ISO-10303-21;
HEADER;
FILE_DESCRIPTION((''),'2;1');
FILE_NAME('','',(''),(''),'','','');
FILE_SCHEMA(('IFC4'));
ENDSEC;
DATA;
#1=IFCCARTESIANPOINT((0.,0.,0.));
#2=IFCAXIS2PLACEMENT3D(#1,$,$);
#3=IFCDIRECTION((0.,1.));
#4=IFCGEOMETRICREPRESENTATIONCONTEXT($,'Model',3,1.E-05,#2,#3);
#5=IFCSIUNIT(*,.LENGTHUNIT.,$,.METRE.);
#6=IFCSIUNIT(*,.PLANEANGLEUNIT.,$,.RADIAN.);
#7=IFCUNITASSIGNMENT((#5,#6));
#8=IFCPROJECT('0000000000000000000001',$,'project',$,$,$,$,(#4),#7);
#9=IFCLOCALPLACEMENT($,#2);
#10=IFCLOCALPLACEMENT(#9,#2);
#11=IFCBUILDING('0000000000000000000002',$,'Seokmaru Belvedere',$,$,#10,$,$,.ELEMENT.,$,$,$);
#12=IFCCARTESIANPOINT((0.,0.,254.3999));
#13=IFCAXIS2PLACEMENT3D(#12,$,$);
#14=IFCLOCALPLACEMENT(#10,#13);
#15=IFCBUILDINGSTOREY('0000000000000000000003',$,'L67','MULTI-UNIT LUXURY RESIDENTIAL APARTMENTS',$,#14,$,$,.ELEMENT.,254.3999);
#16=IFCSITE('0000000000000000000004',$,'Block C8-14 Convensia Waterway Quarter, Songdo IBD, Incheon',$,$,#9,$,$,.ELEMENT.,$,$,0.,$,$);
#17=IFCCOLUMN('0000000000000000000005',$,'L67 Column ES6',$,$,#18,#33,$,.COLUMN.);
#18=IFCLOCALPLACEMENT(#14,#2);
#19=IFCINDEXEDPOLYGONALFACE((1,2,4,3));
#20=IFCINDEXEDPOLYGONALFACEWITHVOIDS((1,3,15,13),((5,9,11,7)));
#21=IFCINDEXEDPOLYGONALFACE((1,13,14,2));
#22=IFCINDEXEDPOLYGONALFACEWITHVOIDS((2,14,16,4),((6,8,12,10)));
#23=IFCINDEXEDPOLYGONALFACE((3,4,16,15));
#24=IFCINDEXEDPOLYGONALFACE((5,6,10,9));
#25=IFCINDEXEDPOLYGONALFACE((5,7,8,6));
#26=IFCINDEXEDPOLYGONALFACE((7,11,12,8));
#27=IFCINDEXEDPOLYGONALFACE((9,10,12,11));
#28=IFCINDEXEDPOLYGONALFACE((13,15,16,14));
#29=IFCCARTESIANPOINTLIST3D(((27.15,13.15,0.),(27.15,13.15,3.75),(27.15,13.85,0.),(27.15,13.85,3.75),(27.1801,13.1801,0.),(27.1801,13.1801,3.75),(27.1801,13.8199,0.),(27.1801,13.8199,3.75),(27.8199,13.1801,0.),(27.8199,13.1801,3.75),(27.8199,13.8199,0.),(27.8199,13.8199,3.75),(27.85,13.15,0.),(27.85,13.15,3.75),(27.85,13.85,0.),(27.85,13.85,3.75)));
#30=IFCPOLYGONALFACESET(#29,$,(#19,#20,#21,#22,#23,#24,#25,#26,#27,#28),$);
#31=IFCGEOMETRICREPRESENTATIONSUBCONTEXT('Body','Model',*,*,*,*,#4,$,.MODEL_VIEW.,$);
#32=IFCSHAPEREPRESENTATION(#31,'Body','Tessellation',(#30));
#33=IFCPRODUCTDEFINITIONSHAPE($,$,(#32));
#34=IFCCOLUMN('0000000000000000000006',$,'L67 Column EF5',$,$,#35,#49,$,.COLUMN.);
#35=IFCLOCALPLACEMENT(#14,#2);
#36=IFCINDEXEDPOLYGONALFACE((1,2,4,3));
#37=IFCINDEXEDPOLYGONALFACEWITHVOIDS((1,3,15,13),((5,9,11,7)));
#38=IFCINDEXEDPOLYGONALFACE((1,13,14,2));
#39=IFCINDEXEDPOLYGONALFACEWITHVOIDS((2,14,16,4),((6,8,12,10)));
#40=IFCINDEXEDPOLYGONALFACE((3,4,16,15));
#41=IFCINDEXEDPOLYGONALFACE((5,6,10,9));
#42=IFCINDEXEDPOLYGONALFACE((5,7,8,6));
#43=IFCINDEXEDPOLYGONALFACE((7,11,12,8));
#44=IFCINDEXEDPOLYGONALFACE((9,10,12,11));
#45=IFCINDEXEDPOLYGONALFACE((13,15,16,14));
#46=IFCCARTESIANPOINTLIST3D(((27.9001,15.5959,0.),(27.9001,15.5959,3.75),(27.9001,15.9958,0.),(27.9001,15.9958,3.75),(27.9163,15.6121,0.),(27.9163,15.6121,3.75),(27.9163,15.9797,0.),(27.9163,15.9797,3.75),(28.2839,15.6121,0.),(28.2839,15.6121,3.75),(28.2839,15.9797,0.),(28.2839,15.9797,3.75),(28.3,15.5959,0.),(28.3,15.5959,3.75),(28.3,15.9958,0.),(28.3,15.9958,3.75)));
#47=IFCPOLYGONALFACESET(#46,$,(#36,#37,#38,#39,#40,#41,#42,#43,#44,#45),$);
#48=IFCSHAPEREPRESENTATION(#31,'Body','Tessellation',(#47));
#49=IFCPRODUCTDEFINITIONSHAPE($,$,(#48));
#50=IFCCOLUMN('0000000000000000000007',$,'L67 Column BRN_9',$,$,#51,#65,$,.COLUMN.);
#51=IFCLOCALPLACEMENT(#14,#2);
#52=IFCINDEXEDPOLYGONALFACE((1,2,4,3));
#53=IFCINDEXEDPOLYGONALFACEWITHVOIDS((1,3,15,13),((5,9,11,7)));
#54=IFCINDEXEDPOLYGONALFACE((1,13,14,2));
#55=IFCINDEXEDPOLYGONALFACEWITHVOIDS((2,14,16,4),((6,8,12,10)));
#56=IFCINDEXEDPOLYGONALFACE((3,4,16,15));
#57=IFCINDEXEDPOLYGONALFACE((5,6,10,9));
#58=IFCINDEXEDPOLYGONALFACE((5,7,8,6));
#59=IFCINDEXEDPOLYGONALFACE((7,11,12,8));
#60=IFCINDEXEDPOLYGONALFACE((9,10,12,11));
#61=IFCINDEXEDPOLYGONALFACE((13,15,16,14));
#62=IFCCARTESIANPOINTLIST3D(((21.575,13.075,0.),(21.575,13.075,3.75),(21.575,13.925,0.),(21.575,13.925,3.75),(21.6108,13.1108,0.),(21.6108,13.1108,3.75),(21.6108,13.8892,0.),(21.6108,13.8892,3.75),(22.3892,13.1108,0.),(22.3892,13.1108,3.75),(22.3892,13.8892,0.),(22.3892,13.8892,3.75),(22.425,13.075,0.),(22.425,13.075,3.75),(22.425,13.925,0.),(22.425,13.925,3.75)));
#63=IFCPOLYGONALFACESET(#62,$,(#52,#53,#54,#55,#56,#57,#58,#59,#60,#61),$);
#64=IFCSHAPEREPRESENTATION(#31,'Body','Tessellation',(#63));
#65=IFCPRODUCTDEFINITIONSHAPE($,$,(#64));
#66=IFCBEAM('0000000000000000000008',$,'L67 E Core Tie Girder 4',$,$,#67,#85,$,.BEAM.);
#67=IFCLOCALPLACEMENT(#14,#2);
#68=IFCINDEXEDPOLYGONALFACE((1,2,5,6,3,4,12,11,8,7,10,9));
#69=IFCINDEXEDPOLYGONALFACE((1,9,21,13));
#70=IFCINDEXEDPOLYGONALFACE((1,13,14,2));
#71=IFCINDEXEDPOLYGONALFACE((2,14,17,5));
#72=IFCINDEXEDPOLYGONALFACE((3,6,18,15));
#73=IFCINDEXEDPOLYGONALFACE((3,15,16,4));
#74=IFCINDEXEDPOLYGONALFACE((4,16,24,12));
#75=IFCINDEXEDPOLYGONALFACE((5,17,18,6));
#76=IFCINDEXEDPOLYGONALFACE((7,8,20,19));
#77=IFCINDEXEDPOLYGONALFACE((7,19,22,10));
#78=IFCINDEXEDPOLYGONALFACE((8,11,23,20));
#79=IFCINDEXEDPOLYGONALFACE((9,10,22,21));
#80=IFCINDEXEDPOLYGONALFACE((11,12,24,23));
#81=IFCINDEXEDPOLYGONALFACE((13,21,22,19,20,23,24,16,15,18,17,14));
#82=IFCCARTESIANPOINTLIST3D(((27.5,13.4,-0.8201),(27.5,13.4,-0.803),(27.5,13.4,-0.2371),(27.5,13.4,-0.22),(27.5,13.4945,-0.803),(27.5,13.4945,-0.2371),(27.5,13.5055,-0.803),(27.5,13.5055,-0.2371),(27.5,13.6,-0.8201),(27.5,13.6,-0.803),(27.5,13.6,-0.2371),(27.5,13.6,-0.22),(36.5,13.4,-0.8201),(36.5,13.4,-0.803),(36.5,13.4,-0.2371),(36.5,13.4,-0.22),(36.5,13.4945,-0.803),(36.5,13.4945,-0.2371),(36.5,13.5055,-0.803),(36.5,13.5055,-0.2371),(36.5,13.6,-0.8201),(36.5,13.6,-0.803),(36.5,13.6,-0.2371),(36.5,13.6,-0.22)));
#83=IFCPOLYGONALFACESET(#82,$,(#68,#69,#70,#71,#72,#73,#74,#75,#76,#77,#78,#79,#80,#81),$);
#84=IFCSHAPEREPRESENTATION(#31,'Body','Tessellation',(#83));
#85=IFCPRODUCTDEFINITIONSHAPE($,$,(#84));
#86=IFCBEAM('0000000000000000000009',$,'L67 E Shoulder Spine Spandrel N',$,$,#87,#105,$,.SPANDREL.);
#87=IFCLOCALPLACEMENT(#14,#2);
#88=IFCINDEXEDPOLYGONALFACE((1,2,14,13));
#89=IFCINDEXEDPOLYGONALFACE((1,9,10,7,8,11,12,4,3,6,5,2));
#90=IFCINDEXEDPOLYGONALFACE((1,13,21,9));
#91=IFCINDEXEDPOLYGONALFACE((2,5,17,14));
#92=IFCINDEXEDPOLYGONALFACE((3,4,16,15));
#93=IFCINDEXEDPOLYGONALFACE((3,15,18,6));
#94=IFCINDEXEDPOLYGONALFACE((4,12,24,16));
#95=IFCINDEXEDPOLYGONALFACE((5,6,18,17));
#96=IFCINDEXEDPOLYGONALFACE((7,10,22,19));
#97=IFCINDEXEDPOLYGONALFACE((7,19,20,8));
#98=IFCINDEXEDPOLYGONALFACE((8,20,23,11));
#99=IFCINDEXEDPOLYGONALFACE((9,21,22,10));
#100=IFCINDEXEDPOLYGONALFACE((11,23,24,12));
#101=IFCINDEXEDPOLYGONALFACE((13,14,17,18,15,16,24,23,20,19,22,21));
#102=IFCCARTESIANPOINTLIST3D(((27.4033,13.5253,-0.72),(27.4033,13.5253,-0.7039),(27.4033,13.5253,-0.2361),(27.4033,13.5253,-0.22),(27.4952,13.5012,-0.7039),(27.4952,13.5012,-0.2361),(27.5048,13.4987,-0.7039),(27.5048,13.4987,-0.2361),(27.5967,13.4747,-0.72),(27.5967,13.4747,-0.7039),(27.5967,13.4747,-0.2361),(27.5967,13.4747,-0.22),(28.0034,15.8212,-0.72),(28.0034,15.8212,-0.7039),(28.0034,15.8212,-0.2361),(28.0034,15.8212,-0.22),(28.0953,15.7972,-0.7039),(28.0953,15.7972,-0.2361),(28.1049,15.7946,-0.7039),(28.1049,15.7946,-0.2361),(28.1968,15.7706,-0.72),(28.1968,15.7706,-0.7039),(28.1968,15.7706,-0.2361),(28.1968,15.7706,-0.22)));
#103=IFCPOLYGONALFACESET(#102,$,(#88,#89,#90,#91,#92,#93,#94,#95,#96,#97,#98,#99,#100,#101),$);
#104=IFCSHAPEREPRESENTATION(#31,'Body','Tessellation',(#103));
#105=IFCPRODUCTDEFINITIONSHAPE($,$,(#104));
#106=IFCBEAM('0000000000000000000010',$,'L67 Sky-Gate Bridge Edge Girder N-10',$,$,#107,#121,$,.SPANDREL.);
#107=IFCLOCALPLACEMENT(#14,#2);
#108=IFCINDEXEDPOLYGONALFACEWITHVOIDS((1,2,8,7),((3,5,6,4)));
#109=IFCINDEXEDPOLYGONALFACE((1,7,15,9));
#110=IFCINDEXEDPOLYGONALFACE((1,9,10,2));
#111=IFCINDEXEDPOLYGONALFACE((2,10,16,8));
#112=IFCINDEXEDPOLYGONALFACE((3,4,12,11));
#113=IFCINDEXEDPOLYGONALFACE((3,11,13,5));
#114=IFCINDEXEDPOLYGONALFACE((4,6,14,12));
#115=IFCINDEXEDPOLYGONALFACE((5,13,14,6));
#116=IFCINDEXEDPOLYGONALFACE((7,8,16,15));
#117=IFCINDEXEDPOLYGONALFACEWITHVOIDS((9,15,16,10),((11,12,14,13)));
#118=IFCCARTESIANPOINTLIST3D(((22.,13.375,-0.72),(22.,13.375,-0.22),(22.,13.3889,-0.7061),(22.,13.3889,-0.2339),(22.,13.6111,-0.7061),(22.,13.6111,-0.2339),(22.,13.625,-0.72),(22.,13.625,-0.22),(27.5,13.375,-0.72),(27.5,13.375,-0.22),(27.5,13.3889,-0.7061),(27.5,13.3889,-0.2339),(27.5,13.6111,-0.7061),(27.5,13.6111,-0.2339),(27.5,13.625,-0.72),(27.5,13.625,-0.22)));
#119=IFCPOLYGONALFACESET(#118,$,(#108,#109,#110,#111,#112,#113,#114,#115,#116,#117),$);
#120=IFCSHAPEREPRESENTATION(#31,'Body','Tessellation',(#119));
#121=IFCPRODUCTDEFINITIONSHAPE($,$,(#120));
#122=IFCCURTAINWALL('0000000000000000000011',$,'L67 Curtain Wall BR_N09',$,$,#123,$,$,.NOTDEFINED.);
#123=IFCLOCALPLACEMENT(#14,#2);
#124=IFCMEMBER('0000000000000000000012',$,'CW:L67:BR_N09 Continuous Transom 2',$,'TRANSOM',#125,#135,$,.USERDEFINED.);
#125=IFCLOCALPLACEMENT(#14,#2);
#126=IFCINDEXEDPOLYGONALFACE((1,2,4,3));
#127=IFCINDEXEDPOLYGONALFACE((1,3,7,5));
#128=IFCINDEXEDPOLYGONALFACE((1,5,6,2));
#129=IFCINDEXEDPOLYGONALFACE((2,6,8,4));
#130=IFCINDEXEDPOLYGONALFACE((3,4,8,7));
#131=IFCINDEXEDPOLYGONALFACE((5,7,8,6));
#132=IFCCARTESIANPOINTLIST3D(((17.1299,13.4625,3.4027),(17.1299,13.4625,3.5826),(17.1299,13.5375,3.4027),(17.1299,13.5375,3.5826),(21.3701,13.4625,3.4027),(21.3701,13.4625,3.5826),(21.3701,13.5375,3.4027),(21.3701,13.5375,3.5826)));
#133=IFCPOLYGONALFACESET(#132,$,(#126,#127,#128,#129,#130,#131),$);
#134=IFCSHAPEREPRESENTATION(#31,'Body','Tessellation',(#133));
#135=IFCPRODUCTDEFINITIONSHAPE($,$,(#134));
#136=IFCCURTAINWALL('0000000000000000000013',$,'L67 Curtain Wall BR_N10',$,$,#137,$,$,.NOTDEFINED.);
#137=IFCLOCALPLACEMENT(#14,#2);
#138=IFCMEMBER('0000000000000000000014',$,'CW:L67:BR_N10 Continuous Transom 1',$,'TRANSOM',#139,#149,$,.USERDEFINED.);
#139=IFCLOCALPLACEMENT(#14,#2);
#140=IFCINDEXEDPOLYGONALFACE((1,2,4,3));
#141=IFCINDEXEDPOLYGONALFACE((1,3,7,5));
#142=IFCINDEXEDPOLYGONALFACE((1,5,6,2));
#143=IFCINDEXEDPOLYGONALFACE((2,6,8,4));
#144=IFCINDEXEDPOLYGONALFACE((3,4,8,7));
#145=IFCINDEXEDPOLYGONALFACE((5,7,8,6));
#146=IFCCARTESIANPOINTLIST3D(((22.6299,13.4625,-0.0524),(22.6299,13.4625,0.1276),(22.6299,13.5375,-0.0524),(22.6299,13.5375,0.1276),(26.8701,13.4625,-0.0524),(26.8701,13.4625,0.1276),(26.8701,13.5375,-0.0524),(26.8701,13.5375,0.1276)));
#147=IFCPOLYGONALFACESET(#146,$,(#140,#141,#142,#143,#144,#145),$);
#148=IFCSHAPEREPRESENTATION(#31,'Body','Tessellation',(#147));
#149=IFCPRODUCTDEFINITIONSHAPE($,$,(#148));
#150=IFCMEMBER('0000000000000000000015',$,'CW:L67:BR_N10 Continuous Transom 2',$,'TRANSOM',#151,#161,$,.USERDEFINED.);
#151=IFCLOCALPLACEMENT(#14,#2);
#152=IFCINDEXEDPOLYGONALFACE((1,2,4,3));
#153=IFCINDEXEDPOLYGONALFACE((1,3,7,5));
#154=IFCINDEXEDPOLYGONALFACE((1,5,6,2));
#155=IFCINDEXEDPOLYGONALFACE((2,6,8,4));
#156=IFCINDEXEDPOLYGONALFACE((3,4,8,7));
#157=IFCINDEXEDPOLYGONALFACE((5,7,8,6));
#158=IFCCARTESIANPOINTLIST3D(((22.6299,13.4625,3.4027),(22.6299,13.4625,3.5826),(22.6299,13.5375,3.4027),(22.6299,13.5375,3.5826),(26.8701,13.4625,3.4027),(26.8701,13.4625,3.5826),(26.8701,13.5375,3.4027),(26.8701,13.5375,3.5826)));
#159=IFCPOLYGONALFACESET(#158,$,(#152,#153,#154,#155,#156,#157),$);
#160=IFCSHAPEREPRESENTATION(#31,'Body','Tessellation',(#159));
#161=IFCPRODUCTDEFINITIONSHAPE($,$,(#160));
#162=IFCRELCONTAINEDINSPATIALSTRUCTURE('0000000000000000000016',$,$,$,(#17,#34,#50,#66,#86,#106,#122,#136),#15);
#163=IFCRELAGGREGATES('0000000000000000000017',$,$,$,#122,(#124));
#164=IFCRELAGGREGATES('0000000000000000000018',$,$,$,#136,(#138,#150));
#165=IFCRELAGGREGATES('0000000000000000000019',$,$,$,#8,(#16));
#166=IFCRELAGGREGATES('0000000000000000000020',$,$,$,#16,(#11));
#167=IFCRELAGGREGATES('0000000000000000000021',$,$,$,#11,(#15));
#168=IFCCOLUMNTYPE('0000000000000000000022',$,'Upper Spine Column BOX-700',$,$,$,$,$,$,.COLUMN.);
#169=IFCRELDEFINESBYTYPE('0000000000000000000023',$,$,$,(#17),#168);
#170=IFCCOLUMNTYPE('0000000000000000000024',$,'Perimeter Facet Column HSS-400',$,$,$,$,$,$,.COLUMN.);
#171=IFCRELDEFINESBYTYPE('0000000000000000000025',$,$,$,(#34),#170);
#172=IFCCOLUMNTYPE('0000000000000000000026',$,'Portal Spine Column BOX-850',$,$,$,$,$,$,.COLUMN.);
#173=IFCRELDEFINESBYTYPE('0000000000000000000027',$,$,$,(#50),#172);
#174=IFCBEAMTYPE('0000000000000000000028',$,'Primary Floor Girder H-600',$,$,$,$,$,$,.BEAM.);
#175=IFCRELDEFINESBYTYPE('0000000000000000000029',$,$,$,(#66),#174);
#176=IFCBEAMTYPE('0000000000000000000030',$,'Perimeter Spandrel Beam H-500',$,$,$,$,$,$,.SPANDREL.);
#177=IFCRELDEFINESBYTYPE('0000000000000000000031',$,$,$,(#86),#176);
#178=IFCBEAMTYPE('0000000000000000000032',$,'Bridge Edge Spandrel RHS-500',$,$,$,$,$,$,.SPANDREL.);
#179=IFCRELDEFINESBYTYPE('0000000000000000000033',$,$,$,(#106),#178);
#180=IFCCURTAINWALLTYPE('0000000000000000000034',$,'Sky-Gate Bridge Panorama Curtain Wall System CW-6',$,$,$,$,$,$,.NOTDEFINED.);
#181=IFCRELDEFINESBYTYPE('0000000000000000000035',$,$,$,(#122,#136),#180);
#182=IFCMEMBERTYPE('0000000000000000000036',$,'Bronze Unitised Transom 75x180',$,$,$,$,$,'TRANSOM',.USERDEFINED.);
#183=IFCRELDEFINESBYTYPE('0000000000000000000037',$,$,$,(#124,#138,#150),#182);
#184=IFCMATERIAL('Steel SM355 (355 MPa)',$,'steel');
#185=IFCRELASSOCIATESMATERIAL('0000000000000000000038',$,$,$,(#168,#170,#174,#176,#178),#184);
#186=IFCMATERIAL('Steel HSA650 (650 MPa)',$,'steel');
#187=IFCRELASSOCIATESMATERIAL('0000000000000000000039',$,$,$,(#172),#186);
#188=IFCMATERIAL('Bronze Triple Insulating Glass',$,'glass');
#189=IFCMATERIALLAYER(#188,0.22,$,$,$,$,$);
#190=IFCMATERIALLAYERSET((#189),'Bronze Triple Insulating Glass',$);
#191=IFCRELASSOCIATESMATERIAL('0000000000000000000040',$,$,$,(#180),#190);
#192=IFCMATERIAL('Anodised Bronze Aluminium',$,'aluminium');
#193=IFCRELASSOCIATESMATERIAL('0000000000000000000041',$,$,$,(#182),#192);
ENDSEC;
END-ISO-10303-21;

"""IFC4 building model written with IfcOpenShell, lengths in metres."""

from ifc_helpers import new_model, si_unit, direction, frame, origin, origin_2d, place, context, subcontext, project, spatial, rectangle, hollow_rectangle, i_section, extrude, source, transform, mapped, material, layer, layer_set, material_profile, profile_set, type_object, type_shapes, element, aggregate, save


model = new_model("IFC4")

# Units and contexts
model_context = context("Model", 3, precision=1e-05, world=origin(), true_north=direction((0.0, 1.0)))
body_context = subcontext(model_context, "Body", "Model", "MODEL_VIEW")
ifc_project = project(units=[si_unit("LENGTHUNIT", "METRE"), si_unit("PLANEANGLEUNIT", "RADIAN")], contexts=[model_context])

# Site, building, storey
site_placement = place(None, origin())
site = spatial("IfcSite", under=ifc_project, at=site_placement, Name="Block C8-14 Convensia Waterway Quarter, Songdo IBD, Incheon", CompositionType="ELEMENT", RefElevation=0.0)
building_placement = place(site_placement, origin())
building = spatial("IfcBuilding", under=site, at=building_placement, Name="Seokmaru Belvedere", CompositionType="ELEMENT")
storey_placement = place(building_placement, frame((0.0, 0.0, 254.3999)))
storey = spatial("IfcBuildingStorey", under=building, at=storey_placement, Name="L67", Description="MULTI-UNIT LUXURY RESIDENTIAL APARTMENTS", CompositionType="ELEMENT", Elevation=254.3999)

# Columns
ifc_material_1 = material(Name="Steel SM355 (355 MPa)", Category="steel")
ifc_material_profile_1 = material_profile(ifc_material_1, hollow_rectangle(XDim=0.7, YDim=0.7, WallThickness=0.03, at=origin_2d()), Name="BOX-700x700x30")
ifc_profile_set_1 = profile_set([ifc_material_profile_1], Name="Steel SM355 (355 MPa)")
column_type_1 = type_object("IfcColumnType", Name="Upper Spine Column BOX-700", PredefinedType="COLUMN", material=ifc_profile_set_1)
shared_shape_1 = source(origin(), body_context, "Body", "SweptSolid", [
    extrude(hollow_rectangle(XDim=0.7, YDim=0.7, WallThickness=0.03, at=origin_2d()), origin(), (0.0, 0.0, 1.0), 3.75),
])
type_shapes(column_type_1, [shared_shape_1])
column_1_placement = place(storey_placement, frame((27.5, 13.5, 0.0), z_axis=(0.0, 0.0, 1.0), x_axis=(1.0, 0.0, 0.0)))
element("IfcColumn", 1, at=column_1_placement, inside=storey, type_object=column_type_1, Name="L67 Column ES6", PredefinedType="COLUMN", context=body_context, shape_type="MappedRepresentation", body=[
    mapped(shared_shape_1, transform((0.0, 0.0, 0.0), scale=1.0)),
])
ifc_material_profile_2 = material_profile(ifc_material_1, hollow_rectangle(XDim=0.3999, YDim=0.3999, WallThickness=0.0161, at=origin_2d()), Name="HSS-400x400x16")
ifc_profile_set_2 = profile_set([ifc_material_profile_2], Name="Steel SM355 (355 MPa)")
column_type_2 = type_object("IfcColumnType", Name="Perimeter Facet Column HSS-400", PredefinedType="COLUMN", material=ifc_profile_set_2)
shared_shape_2 = source(origin(), body_context, "Body", "SweptSolid", [
    extrude(hollow_rectangle(XDim=0.3999, YDim=0.3999, WallThickness=0.0161, at=origin_2d()), origin(), (0.0, 0.0, 1.0), 3.75),
])
type_shapes(column_type_2, [shared_shape_2])
column_2_placement = place(storey_placement, frame((28.1001, 15.7959, 0.0), z_axis=(0.0, 0.0, 1.0), x_axis=(1.0, 0.0, 0.0)))
element("IfcColumn", 2, at=column_2_placement, inside=storey, type_object=column_type_2, Name="L67 Column EF5", PredefinedType="COLUMN", context=body_context, shape_type="MappedRepresentation", body=[
    mapped(shared_shape_2, transform((0.0, 0.0, 0.0), scale=1.0)),
])
ifc_material_2 = material(Name="Steel HSA650 (650 MPa)", Category="steel")
ifc_material_profile_3 = material_profile(ifc_material_2, hollow_rectangle(XDim=0.8501, YDim=0.8501, WallThickness=0.0359, at=origin_2d()), Name="BOX-850x850x36")
ifc_profile_set_3 = profile_set([ifc_material_profile_3], Name="Steel HSA650 (650 MPa)")
column_type_3 = type_object("IfcColumnType", Name="Portal Spine Column BOX-850", PredefinedType="COLUMN", material=ifc_profile_set_3)
shared_shape_3 = source(origin(), body_context, "Body", "SweptSolid", [
    extrude(hollow_rectangle(XDim=0.8501, YDim=0.8501, WallThickness=0.0359, at=origin_2d()), origin(), (0.0, 0.0, 1.0), 3.75),
])
type_shapes(column_type_3, [shared_shape_3])
column_3_placement = place(storey_placement, frame((22.0, 13.5, 0.0), z_axis=(0.0, 0.0, 1.0), x_axis=(1.0, 0.0, 0.0)))
element("IfcColumn", 3, at=column_3_placement, inside=storey, type_object=column_type_3, Name="L67 Column BRN_9", PredefinedType="COLUMN", context=body_context, shape_type="MappedRepresentation", body=[
    mapped(shared_shape_3, transform((0.0, 0.0, 0.0), scale=1.0)),
])

# Beams
ifc_material_profile_4 = material_profile(ifc_material_1, i_section(OverallWidth=0.2, OverallDepth=0.6001, WebThickness=0.011, FlangeThickness=0.0171, at=origin_2d()), Name="H-600x200x11x17")
ifc_profile_set_4 = profile_set([ifc_material_profile_4], Name="Steel SM355 (355 MPa)")
beam_type_1 = type_object("IfcBeamType", Name="Primary Floor Girder H-600", PredefinedType="BEAM", material=ifc_profile_set_4)
shared_shape_4 = source(origin(), body_context, "Body", "SweptSolid", [
    extrude(i_section(OverallWidth=0.2, OverallDepth=0.6001, WebThickness=0.011, FlangeThickness=0.0171, at=origin_2d()), origin(), (0.0, 0.0, 1.0), 9.0),
])
type_shapes(beam_type_1, [shared_shape_4])
beam_1_placement = place(storey_placement, frame((27.5, 13.5, -0.52), z_axis=(1.0, 0.0, 0.0), x_axis=(0.0, 1.0, 0.0)))
element("IfcBeam", 4, at=beam_1_placement, inside=storey, type_object=beam_type_1, Name="L67 E Core Tie Girder 4", PredefinedType="BEAM", context=body_context, shape_type="MappedRepresentation", body=[
    mapped(shared_shape_4, transform((0.0, 0.0, 0.0), scale=1.0)),
])
ifc_material_profile_5 = material_profile(ifc_material_1, i_section(OverallWidth=0.2, OverallDepth=0.5, WebThickness=0.01, FlangeThickness=0.0161, at=origin_2d()), Name="H-500x200x10x16")
ifc_profile_set_5 = profile_set([ifc_material_profile_5], Name="Steel SM355 (355 MPa)")
beam_type_2 = type_object("IfcBeamType", Name="Perimeter Spandrel Beam H-500", PredefinedType="SPANDREL", material=ifc_profile_set_5)
shared_shape_5 = source(origin(), body_context, "Body", "SweptSolid", [
    extrude(i_section(OverallWidth=0.2, OverallDepth=0.5, WebThickness=0.01, FlangeThickness=0.0161, at=origin_2d()), origin(), (0.0, 0.0, 1.0), 2.373),
])
type_shapes(beam_type_2, [shared_shape_5])
beam_2_placement = place(storey_placement, frame((28.1001, 15.7959, -0.47), z_axis=(-0.252883, -0.967497, 0.0), x_axis=(0.967497, -0.252883, 0.0)))
element("IfcBeam", 5, at=beam_2_placement, inside=storey, type_object=beam_type_2, Name="L67 E Shoulder Spine Spandrel N", PredefinedType="SPANDREL", context=body_context, shape_type="MappedRepresentation", body=[
    mapped(shared_shape_5, transform((0.0, 0.0, 0.0), scale=1.0)),
])
ifc_material_profile_6 = material_profile(ifc_material_1, hollow_rectangle(XDim=0.25, YDim=0.5, WallThickness=0.0139, at=origin_2d()), Name="RHS-500x250x14")
ifc_profile_set_6 = profile_set([ifc_material_profile_6], Name="Steel SM355 (355 MPa)")
beam_type_3 = type_object("IfcBeamType", Name="Bridge Edge Spandrel RHS-500", PredefinedType="SPANDREL", material=ifc_profile_set_6)
shared_shape_6 = source(origin(), body_context, "Body", "SweptSolid", [
    extrude(hollow_rectangle(XDim=0.25, YDim=0.5, WallThickness=0.0139, at=origin_2d()), origin(), (0.0, 0.0, 1.0), 5.5),
])
type_shapes(beam_type_3, [shared_shape_6])
beam_3_placement = place(storey_placement, frame((22.0, 13.5, -0.47), z_axis=(1.0, 0.0, 0.0), x_axis=(0.0, 1.0, 0.0)))
element("IfcBeam", 6, at=beam_3_placement, inside=storey, type_object=beam_type_3, Name="L67 Sky-Gate Bridge Edge Girder N-10", PredefinedType="SPANDREL", context=body_context, shape_type="MappedRepresentation", body=[
    mapped(shared_shape_6, transform((0.0, 0.0, 0.0), scale=1.0)),
])

# Curtain wall, member
ifc_material_3 = material(Name="Bronze Triple Insulating Glass", Category="glass")
ifc_layer_1 = layer(ifc_material_3, 0.22)
ifc_layer_set_1 = layer_set([ifc_layer_1], Name="Bronze Triple Insulating Glass")
curtain_wall_type = type_object("IfcCurtainWallType", Name="Sky-Gate Bridge Panorama Curtain Wall System CW-6", PredefinedType="NOTDEFINED", material=ifc_layer_set_1)
curtain_wall_1_placement = place(storey_placement, origin())
curtain_wall_1 = element("IfcCurtainWall", 7, at=curtain_wall_1_placement, inside=storey, type_object=curtain_wall_type, Name="L67 Curtain Wall BR_N09", PredefinedType="NOTDEFINED")
ifc_material_4 = material(Name="Anodised Bronze Aluminium", Category="aluminium")
ifc_material_profile_7 = material_profile(ifc_material_4, rectangle(XDim=0.075, YDim=0.1799, at=origin_2d()), Name="CW-T-75x180")
ifc_profile_set_7 = profile_set([ifc_material_profile_7], Name="Anodised Bronze Aluminium")
member_type_1 = type_object("IfcMemberType", Name="Bronze Unitised Transom 75x180", ElementType="TRANSOM", PredefinedType="USERDEFINED", material=ifc_profile_set_7)
shared_shape_7 = source(origin(), body_context, "Body", "SweptSolid", [
    extrude(rectangle(XDim=0.075, YDim=0.1799, at=origin_2d()), origin(), (0.0, 0.0, 1.0), 4.2402),
])
type_shapes(member_type_1, [shared_shape_7])
member_1_placement = place(storey_placement, frame((21.3701, 13.5, 3.4927), z_axis=(-1.0, 0.0, 0.0), x_axis=(0.0, -1.0, 0.0)))
member_1 = element("IfcMember", 8, at=member_1_placement, type_object=member_type_1, Name="CW:L67:BR_N09 Continuous Transom 2", ObjectType="TRANSOM", PredefinedType="USERDEFINED", context=body_context, shape_type="MappedRepresentation", body=[
    mapped(shared_shape_7, transform((0.0, 0.0, 0.0), scale=1.0)),
])

# Curtain wall, members
curtain_wall_2_placement = place(storey_placement, origin())
curtain_wall_2 = element("IfcCurtainWall", 9, at=curtain_wall_2_placement, inside=storey, type_object=curtain_wall_type, Name="L67 Curtain Wall BR_N10", PredefinedType="NOTDEFINED")
member_2_placement = place(storey_placement, frame((26.8701, 13.5, 0.0376), z_axis=(-1.0, 0.0, 0.0), x_axis=(0.0, -1.0, 0.0)))
member_2 = element("IfcMember", 10, at=member_2_placement, type_object=member_type_1, Name="CW:L67:BR_N10 Continuous Transom 1", ObjectType="TRANSOM", PredefinedType="USERDEFINED", context=body_context, shape_type="MappedRepresentation", body=[
    mapped(shared_shape_7, transform((0.0, 0.0, 0.0), scale=1.0)),
])
member_3_placement = place(storey_placement, frame((26.8701, 13.5, 3.4927), z_axis=(-1.0, 0.0, 0.0), x_axis=(0.0, -1.0, 0.0)))
member_3 = element("IfcMember", 11, at=member_3_placement, type_object=member_type_1, Name="CW:L67:BR_N10 Continuous Transom 2", ObjectType="TRANSOM", PredefinedType="USERDEFINED", context=body_context, shape_type="MappedRepresentation", body=[
    mapped(shared_shape_7, transform((0.0, 0.0, 0.0), scale=1.0)),
])

aggregate(curtain_wall_1, [member_1])

aggregate(curtain_wall_2, [member_2, member_3])

save(model, "model.ifc")
